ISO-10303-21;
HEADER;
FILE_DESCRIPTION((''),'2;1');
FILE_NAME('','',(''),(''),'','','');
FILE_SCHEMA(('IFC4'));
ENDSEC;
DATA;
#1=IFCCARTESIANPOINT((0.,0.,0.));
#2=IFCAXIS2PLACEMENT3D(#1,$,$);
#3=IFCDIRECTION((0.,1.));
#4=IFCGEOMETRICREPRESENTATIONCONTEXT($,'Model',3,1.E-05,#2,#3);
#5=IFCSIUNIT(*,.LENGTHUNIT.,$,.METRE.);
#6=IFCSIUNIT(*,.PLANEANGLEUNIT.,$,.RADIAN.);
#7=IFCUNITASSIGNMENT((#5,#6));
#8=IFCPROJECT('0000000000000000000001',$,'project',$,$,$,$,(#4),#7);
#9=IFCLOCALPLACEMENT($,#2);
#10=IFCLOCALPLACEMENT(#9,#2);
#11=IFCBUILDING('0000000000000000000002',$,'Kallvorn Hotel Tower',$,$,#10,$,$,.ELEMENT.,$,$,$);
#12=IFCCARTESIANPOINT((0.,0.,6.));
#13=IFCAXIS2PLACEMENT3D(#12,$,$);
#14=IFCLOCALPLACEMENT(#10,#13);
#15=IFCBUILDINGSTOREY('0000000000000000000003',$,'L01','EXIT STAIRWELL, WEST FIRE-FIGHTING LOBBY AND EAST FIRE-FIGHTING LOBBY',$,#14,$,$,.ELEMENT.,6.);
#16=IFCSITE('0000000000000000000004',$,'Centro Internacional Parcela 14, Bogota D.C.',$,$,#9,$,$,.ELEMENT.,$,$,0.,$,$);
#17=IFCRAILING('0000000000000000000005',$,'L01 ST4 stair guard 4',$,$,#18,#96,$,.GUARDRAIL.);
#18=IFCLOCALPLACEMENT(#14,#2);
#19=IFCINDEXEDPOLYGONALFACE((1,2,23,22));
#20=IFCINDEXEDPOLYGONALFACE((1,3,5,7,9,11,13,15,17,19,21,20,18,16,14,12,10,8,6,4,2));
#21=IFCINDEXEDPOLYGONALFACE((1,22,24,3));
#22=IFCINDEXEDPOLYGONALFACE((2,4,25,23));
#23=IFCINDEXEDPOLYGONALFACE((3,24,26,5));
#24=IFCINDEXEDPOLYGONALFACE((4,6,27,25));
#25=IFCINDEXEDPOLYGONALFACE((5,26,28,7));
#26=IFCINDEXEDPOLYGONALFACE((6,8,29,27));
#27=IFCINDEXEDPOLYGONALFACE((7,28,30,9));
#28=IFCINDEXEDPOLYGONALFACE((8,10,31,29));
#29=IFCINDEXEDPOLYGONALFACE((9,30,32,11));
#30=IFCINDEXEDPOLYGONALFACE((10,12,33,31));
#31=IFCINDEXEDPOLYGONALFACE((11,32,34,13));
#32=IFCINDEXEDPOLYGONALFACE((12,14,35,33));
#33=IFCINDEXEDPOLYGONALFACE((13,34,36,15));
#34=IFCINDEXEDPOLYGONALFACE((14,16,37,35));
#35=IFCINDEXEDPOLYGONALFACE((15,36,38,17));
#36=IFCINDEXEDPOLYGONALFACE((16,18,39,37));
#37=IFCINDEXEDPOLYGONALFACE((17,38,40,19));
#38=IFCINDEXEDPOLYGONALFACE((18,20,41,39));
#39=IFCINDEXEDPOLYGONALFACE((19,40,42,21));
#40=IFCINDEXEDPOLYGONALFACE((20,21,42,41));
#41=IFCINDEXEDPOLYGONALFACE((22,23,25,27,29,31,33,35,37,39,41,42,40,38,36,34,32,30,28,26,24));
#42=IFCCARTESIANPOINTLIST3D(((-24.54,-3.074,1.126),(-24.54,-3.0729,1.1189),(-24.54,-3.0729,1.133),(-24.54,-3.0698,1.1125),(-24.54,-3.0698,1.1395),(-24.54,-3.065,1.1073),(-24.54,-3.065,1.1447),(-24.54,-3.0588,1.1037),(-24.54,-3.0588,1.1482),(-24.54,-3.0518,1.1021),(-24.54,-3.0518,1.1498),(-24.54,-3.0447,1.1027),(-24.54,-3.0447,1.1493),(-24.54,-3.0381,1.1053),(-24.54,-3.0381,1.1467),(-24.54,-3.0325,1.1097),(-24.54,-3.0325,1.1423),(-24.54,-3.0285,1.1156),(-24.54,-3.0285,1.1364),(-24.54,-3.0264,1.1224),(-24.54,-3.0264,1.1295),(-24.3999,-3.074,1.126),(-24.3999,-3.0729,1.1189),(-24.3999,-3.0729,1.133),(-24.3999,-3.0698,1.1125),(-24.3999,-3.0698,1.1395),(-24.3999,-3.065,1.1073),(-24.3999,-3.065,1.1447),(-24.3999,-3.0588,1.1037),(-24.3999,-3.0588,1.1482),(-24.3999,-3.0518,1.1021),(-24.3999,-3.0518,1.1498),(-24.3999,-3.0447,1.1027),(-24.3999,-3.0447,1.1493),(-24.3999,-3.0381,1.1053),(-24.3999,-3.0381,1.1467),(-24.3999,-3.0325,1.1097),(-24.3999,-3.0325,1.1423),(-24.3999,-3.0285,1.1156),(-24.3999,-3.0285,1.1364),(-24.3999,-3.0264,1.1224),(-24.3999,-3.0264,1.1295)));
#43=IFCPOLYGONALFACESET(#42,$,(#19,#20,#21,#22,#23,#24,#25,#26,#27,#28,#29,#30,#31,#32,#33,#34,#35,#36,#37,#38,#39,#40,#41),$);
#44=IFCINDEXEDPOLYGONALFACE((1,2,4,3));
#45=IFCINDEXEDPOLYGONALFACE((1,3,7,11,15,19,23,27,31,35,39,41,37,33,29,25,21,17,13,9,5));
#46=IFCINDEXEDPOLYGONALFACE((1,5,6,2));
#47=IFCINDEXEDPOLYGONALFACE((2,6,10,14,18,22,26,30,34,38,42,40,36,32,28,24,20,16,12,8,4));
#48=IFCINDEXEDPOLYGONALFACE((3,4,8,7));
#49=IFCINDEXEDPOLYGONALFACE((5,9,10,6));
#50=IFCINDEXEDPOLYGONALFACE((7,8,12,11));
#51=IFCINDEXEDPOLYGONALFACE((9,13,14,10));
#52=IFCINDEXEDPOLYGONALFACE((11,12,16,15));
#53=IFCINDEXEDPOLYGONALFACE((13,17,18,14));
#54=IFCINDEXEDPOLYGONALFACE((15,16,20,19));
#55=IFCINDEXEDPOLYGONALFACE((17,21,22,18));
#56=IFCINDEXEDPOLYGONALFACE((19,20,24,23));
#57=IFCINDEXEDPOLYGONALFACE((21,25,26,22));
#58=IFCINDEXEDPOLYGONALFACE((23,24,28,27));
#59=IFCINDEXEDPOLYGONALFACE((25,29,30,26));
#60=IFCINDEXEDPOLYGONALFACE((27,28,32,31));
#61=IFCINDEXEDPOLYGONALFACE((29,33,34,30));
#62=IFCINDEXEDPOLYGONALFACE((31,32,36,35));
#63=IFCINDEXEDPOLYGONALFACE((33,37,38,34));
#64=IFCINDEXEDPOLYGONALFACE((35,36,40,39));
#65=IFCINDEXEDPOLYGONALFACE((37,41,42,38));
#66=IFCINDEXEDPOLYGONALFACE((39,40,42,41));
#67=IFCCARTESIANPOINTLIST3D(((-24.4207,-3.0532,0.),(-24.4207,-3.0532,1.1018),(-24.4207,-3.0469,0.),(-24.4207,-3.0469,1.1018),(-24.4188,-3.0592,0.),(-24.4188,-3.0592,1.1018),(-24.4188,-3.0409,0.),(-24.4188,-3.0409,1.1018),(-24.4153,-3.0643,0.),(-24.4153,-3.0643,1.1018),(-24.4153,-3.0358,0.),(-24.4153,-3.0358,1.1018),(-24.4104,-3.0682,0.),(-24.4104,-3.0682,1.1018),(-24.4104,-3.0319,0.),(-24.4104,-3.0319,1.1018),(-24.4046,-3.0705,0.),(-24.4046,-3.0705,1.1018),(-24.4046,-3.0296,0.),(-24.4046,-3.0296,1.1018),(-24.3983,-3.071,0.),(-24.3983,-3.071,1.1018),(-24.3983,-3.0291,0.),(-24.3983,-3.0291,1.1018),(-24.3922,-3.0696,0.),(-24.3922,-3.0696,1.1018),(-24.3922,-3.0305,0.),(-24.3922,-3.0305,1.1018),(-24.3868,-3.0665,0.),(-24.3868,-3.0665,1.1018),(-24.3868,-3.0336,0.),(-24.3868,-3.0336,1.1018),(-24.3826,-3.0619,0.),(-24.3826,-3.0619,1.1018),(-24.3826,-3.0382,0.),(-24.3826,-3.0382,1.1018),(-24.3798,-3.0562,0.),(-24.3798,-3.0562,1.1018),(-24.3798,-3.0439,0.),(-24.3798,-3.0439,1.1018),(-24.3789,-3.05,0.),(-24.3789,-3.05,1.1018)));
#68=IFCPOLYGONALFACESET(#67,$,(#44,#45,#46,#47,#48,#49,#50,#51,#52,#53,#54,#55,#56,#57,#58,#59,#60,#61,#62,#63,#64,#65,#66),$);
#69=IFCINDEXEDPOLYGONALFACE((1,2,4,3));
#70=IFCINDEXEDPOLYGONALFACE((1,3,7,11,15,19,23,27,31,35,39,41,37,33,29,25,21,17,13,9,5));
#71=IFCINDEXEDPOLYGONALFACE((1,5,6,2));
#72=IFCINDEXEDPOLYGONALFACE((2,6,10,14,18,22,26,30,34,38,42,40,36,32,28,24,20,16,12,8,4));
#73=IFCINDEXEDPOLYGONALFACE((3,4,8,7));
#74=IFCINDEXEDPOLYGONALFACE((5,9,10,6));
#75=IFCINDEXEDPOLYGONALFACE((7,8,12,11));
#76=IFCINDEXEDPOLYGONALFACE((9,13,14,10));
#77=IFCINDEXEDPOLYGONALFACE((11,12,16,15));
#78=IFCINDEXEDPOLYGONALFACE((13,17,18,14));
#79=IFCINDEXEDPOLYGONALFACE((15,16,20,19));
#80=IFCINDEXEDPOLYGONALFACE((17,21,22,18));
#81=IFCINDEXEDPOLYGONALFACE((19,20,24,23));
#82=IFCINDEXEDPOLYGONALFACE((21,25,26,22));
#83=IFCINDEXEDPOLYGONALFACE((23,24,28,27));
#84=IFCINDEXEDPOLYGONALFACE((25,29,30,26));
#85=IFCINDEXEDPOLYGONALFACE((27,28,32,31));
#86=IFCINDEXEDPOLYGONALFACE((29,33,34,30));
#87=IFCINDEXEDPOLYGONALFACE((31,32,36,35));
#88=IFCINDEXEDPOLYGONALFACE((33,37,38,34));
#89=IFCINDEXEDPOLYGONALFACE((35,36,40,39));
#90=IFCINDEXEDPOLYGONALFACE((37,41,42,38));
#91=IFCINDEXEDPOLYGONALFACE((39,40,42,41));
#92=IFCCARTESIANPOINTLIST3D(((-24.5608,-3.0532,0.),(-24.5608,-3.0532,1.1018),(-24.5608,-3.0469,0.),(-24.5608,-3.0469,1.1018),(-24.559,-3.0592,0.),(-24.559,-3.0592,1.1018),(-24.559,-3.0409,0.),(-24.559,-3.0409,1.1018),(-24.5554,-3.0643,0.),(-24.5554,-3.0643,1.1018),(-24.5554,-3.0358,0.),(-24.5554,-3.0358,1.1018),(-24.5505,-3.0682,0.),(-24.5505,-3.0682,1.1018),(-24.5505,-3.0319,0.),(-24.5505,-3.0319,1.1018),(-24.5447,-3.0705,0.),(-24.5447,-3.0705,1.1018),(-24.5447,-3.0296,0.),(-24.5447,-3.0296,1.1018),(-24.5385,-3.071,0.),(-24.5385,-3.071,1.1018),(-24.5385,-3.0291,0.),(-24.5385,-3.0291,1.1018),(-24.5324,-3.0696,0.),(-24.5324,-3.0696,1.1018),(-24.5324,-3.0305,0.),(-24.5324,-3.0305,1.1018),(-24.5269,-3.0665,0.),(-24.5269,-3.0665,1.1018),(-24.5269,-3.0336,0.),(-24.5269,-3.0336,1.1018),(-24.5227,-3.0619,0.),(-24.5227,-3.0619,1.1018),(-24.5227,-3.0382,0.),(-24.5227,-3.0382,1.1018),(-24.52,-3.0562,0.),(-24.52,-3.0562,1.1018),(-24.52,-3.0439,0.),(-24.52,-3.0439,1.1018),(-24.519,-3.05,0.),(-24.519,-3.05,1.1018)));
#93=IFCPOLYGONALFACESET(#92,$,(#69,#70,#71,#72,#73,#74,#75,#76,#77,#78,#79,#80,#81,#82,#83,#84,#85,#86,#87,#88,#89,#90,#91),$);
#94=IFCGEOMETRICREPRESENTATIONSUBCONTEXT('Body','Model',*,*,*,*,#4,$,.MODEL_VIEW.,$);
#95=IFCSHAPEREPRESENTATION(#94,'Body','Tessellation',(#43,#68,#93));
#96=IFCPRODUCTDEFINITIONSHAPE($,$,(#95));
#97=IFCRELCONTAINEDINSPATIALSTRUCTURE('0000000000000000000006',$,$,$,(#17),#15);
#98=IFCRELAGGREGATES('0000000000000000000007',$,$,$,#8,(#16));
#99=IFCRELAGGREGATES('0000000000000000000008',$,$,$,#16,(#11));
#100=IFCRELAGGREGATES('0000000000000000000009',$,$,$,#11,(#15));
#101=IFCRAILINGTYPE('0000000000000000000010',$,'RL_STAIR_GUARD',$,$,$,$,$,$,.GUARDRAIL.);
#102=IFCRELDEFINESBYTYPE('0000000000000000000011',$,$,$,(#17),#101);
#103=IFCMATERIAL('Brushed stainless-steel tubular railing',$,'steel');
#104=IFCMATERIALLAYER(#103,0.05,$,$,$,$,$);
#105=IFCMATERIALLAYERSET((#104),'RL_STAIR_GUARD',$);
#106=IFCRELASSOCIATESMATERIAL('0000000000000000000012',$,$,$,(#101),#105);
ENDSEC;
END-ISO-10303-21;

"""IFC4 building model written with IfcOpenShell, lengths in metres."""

from ifc_helpers import new_model, si_unit, direction, frame, origin, origin_2d, place, context, subcontext, project, spatial, circle, extrude, material, layer, layer_set, type_object, element, save


model = new_model("IFC4")

# Units and contexts
model_context = context("Model", 3, precision=1e-05, world=origin(), true_north=direction((0.0, 1.0)))
body_context = subcontext(model_context, "Body", "Model", "MODEL_VIEW")
ifc_project = project(units=[si_unit("LENGTHUNIT", "METRE"), si_unit("PLANEANGLEUNIT", "RADIAN")], contexts=[model_context])

# Site, building, storey
site_placement = place(None, origin())
site = spatial("IfcSite", under=ifc_project, at=site_placement, Name="Centro Internacional Parcela 14, Bogota D.C.", CompositionType="ELEMENT", RefElevation=0.0)
building_placement = place(site_placement, origin())
building = spatial("IfcBuilding", under=site, at=building_placement, Name="Kallvorn Hotel Tower", CompositionType="ELEMENT")
storey_placement = place(building_placement, frame((0.0, 0.0, 6.0)))
storey = spatial("IfcBuildingStorey", under=building, at=storey_placement, Name="L01", Description="EXIT STAIRWELL, WEST FIRE-FIGHTING LOBBY AND EAST FIRE-FIGHTING LOBBY", CompositionType="ELEMENT", Elevation=6.0)

# Railing
ifc_material_1 = material(Name="Brushed stainless-steel tubular railing", Category="steel")
ifc_layer_1 = layer(ifc_material_1, 0.05)
ifc_layer_set_1 = layer_set([ifc_layer_1], Name="RL_STAIR_GUARD")
railing_type_1 = type_object("IfcRailingType", Name="RL_STAIR_GUARD", PredefinedType="GUARDRAIL", material=ifc_layer_set_1)
railing_1_placement = place(storey_placement, frame((-24.3999, -3.05, 0.0)))
element("IfcRailing", 1, at=railing_1_placement, inside=storey, type_object=railing_type_1, Name="L01 ST4 stair guard 4", PredefinedType="GUARDRAIL", context=body_context, shape_type="SweptSolid", body=[
    extrude(circle(Radius=0.0239, at=origin_2d()), frame((0.0, 0.0, 1.126), z_axis=(-1.0, 0.0, 0.0), x_axis=(0.0, -1.0, 0.0)), (0.0, 0.0, 1.0), 0.1401),
    extrude(circle(Radius=0.021, at=origin_2d()), origin(), (0.0, 0.0, 1.0), 1.1018),
    extrude(circle(Radius=0.021, at=origin_2d()), frame((-0.1401, 0.0, 0.0)), (0.0, 0.0, 1.0), 1.1018),
])

save(model, "model.ifc")
